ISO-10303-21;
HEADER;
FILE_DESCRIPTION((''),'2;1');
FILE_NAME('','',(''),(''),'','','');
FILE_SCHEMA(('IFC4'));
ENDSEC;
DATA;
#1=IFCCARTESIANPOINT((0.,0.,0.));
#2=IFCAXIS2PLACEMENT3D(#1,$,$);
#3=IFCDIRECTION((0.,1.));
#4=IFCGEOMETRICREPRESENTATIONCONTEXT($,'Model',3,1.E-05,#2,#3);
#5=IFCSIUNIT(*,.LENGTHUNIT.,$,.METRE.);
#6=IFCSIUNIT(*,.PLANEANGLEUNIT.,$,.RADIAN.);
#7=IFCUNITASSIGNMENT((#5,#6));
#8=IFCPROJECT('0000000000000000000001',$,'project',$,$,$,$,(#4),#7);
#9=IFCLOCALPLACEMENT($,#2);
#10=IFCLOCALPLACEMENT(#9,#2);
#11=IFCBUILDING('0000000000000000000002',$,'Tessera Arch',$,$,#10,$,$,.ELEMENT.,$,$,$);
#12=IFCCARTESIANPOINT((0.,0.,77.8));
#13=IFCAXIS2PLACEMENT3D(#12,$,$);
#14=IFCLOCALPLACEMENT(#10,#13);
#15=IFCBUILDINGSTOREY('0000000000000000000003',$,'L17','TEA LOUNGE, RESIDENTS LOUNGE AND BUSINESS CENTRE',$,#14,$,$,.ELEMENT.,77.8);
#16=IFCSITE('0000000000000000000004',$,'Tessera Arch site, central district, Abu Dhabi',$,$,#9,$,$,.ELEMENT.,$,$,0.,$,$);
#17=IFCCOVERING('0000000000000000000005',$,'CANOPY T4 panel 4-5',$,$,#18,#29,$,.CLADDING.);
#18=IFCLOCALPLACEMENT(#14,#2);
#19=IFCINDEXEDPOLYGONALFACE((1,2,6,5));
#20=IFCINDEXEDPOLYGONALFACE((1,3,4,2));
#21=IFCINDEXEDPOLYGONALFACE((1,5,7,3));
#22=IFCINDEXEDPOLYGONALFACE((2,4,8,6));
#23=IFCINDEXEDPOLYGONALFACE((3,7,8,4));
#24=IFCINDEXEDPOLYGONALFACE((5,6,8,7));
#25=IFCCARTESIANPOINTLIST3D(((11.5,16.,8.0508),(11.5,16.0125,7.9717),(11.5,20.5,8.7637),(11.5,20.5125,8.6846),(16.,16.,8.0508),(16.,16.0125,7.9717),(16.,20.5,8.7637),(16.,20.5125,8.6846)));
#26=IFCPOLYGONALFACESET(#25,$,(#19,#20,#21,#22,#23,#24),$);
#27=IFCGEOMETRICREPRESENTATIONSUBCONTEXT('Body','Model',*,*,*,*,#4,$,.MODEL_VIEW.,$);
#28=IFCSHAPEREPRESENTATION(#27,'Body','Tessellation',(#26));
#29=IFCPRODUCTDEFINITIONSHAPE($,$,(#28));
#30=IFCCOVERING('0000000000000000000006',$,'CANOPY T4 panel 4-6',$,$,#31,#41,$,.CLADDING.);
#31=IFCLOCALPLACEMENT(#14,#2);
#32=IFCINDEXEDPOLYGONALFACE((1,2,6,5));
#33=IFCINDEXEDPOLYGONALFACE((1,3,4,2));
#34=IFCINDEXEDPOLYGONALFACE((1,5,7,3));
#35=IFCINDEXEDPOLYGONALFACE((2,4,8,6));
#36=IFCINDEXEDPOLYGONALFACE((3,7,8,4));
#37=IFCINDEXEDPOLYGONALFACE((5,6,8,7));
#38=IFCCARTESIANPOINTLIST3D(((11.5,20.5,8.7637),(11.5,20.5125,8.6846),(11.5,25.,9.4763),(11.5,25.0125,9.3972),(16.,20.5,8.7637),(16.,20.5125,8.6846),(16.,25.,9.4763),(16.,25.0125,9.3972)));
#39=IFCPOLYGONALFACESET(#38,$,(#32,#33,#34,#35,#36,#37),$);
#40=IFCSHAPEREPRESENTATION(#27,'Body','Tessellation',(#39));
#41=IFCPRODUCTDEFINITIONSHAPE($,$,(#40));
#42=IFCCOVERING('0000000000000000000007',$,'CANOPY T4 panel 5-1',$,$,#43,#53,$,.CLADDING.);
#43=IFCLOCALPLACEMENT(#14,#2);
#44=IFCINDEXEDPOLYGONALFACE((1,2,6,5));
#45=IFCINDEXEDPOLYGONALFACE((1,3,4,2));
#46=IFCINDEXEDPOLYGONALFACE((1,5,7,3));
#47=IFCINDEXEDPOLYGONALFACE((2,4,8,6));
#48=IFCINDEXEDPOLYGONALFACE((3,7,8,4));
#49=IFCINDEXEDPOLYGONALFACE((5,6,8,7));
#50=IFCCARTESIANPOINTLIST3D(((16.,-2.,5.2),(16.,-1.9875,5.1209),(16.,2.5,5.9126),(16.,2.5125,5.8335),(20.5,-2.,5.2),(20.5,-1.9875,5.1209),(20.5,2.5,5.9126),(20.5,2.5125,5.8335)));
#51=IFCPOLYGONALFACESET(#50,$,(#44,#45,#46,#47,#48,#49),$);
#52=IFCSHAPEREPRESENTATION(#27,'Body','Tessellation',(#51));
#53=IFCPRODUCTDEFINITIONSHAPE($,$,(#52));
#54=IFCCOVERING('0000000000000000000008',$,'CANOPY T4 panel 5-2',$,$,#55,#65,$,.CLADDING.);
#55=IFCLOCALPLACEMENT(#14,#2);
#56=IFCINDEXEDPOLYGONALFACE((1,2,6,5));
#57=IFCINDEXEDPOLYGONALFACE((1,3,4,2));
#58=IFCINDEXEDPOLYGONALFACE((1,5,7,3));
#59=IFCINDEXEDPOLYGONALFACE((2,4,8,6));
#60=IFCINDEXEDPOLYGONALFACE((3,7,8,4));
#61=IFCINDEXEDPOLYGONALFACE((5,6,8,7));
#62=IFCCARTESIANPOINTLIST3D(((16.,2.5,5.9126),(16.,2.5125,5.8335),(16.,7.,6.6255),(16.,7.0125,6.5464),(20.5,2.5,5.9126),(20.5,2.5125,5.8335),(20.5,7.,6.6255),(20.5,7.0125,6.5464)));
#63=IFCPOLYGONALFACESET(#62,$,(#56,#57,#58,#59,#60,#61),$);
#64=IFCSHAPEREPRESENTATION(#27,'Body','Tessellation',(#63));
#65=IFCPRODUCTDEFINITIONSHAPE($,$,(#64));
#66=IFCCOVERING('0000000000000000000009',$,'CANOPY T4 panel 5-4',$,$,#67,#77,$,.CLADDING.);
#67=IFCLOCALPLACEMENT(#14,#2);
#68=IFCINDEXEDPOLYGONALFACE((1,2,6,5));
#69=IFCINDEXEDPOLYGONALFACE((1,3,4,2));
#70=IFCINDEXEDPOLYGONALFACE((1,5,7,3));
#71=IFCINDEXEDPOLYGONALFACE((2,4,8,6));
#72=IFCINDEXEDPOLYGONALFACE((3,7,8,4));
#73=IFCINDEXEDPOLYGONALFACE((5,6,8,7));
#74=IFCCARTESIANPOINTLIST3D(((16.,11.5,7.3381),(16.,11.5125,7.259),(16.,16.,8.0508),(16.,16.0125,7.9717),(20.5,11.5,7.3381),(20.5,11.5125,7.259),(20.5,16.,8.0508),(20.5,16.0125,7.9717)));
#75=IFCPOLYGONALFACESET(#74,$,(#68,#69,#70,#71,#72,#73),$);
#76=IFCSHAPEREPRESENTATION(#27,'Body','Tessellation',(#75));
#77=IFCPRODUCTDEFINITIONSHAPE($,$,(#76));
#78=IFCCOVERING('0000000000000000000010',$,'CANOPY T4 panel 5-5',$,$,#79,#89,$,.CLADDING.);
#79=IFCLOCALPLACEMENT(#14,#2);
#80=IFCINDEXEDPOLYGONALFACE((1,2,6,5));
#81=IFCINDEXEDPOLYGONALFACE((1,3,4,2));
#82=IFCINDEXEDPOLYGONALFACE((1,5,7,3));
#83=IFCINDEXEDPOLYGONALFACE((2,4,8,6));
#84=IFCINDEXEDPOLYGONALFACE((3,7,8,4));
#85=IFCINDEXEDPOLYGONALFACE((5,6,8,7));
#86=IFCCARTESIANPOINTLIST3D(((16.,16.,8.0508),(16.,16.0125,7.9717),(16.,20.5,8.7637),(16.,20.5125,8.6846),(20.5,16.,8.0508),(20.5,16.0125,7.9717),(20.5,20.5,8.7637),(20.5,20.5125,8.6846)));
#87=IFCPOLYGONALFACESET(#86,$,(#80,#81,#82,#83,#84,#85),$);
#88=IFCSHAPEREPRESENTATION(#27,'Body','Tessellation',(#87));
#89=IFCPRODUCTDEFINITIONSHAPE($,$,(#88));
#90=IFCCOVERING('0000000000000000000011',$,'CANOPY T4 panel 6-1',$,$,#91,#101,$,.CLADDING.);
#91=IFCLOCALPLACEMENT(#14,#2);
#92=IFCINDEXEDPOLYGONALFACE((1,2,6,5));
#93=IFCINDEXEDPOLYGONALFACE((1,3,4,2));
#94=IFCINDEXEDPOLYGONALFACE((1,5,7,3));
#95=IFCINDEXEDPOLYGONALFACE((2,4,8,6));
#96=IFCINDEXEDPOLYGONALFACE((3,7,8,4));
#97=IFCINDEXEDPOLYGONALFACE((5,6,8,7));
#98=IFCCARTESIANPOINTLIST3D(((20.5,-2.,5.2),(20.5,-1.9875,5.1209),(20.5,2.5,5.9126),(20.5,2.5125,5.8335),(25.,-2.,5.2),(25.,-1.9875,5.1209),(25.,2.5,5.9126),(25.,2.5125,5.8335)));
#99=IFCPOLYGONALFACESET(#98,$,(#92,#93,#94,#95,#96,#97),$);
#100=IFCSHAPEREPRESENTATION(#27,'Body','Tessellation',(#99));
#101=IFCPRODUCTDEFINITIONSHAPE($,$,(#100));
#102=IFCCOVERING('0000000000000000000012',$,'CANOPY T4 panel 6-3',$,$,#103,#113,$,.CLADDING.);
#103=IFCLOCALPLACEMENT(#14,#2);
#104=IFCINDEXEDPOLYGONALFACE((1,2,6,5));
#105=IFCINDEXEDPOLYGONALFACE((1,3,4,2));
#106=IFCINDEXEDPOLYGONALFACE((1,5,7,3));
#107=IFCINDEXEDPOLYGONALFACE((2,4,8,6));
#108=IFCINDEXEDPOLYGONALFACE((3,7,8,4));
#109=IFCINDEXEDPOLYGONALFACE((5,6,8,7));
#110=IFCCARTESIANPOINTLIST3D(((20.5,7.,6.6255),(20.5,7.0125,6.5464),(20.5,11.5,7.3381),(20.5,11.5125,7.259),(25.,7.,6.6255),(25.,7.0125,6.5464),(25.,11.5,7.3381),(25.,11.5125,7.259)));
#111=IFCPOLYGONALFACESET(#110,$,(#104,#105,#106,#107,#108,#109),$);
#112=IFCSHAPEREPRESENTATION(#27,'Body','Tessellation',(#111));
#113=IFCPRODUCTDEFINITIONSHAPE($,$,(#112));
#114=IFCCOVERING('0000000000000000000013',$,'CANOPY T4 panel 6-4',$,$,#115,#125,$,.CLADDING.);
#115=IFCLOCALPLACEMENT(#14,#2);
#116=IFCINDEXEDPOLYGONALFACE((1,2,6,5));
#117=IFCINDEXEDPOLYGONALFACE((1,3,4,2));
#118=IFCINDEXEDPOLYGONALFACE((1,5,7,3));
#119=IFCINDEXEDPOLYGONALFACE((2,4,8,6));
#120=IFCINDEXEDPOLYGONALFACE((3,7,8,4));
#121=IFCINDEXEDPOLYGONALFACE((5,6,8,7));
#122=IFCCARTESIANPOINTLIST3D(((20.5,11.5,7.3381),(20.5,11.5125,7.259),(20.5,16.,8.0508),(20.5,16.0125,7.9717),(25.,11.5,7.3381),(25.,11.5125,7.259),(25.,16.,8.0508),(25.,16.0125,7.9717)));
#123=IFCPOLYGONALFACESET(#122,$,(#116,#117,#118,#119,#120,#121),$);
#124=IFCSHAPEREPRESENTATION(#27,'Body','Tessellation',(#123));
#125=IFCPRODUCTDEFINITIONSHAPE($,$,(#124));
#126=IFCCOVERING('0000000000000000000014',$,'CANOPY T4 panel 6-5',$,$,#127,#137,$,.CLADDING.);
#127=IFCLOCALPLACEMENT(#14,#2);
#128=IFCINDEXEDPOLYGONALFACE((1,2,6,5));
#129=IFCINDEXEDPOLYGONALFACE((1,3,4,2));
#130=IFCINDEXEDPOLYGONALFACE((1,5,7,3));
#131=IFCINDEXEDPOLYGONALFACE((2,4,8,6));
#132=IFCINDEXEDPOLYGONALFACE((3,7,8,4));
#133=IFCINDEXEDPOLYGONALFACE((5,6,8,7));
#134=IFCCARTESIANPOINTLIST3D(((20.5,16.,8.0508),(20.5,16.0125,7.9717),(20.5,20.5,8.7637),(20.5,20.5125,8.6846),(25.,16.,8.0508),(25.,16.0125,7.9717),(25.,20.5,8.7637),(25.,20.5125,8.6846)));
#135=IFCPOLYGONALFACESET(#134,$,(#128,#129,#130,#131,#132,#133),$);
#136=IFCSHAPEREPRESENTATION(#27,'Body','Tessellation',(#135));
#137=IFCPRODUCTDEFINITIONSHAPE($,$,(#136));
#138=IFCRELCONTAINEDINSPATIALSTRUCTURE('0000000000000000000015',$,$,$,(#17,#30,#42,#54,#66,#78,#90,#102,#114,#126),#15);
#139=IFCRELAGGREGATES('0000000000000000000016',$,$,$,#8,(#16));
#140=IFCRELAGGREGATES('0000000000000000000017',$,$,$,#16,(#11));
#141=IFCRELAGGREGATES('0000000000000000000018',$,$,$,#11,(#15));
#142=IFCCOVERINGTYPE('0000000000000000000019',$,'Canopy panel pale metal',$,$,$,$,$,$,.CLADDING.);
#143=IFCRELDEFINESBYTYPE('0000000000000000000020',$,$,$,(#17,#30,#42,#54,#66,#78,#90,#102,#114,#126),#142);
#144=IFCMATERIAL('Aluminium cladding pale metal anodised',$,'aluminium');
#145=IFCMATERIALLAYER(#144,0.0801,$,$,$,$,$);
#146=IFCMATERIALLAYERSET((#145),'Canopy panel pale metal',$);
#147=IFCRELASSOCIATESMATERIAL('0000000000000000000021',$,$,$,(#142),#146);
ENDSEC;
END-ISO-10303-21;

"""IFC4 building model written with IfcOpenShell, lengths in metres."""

from ifc_helpers import new_model, si_unit, direction, frame, origin, place, context, subcontext, project, spatial, polyline, outline, extrude, material, layer, layer_set, type_object, element, save


model = new_model("IFC4")

# Units and contexts
model_context = context("Model", 3, precision=1e-05, world=origin(), true_north=direction((0.0, 1.0)))
body_context = subcontext(model_context, "Body", "Model", "MODEL_VIEW")
ifc_project = project(units=[si_unit("LENGTHUNIT", "METRE"), si_unit("PLANEANGLEUNIT", "RADIAN")], contexts=[model_context])

# Site, building, storey
site_placement = place(None, origin())
site = spatial("IfcSite", under=ifc_project, at=site_placement, Name="Tessera Arch site, central district, Abu Dhabi", CompositionType="ELEMENT", RefElevation=0.0)
building_placement = place(site_placement, origin())
building = spatial("IfcBuilding", under=site, at=building_placement, Name="Tessera Arch", CompositionType="ELEMENT")
storey_placement = place(building_placement, frame((0.0, 0.0, 77.8)))
storey = spatial("IfcBuildingStorey", under=building, at=storey_placement, Name="L17", Description="TEA LOUNGE, RESIDENTS LOUNGE AND BUSINESS CENTRE", CompositionType="ELEMENT", Elevation=77.8)

# Coverings
ifc_material_1 = material(Name="Aluminium cladding pale metal anodised", Category="aluminium")
ifc_layer_1 = layer(ifc_material_1, 0.0801)
ifc_layer_set_1 = layer_set([ifc_layer_1], Name="Canopy panel pale metal")
covering_type = type_object("IfcCoveringType", Name="Canopy panel pale metal", PredefinedType="CLADDING", material=ifc_layer_set_1)
covering_1_placement = place(storey_placement, frame((16.0, 16.0, 8.0508), z_axis=(0.0, -0.156469, 0.987683), x_axis=(0.0, 0.987683, 0.156469)))
element("IfcCovering", 1, at=covering_1_placement, inside=storey, type_object=covering_type, Name="CANOPY T4 panel 4-5", PredefinedType="CLADDING", context=body_context, shape_type="SweptSolid", body=[
    extrude(outline(polyline([(0.0, 0.0), (4.5561, 0.0), (4.5561, 4.5), (0.0, 4.5), (0.0, 0.0)])), origin(), (0.0, 0.0, -1.0), 0.0801),
])
for number, where, z_axis, x_axis, name in (
    (2, (16.0, 20.5, 8.7637), (0.0, -0.156417, 0.987691), (0.0, 0.987691, 0.156417), "CANOPY T4 panel 4-6"),
    (3, (20.5, -2.0, 5.2), (0.0, -0.156417, 0.987691), (0.0, 0.987691, 0.156417), "CANOPY T4 panel 5-1"),
):
    element("IfcCovering", number, at=place(storey_placement, frame(where, z_axis=z_axis, x_axis=x_axis)), inside=storey, type_object=covering_type, Name=name, PredefinedType="CLADDING", context=body_context, shape_type="SweptSolid", body=[
        extrude(outline(polyline([(0.0, 0.0), (4.5561, 0.0), (4.5561, 4.5), (0.0, 4.5), (0.0, 0.0)])), origin(), (0.0, 0.0, -1.0), 0.0801),
    ])
covering_2_placement = place(storey_placement, frame((20.5, 2.5, 5.9126), z_axis=(0.0, -0.156469, 0.987683), x_axis=(0.0, 0.987683, 0.156469)))
element("IfcCovering", 4, at=covering_2_placement, inside=storey, type_object=covering_type, Name="CANOPY T4 panel 5-2", PredefinedType="CLADDING", context=body_context, shape_type="SweptSolid", body=[
    extrude(outline(polyline([(0.0, 0.0), (4.5561, 0.0), (4.5561, 4.5), (0.0, 4.5), (0.0, 0.0)])), origin(), (0.0, 0.0, -1.0), 0.0801),
])
covering_3_placement = place(storey_placement, frame((20.5, 11.5, 7.3381), z_axis=(0.0, -0.156417, 0.987691), x_axis=(0.0, 0.987691, 0.156417)))
element("IfcCovering", 5, at=covering_3_placement, inside=storey, type_object=covering_type, Name="CANOPY T4 panel 5-4", PredefinedType="CLADDING", context=body_context, shape_type="SweptSolid", body=[
    extrude(outline(polyline([(0.0, 0.0), (4.5561, 0.0), (4.5561, 4.5), (0.0, 4.5), (0.0, 0.0)])), origin(), (0.0, 0.0, -1.0), 0.0801),
])
covering_4_placement = place(storey_placement, frame((20.5, 16.0, 8.0508), z_axis=(0.0, -0.156469, 0.987683), x_axis=(0.0, 0.987683, 0.156469)))
element("IfcCovering", 6, at=covering_4_placement, inside=storey, type_object=covering_type, Name="CANOPY T4 panel 5-5", PredefinedType="CLADDING", context=body_context, shape_type="SweptSolid", body=[
    extrude(outline(polyline([(0.0, 0.0), (4.5561, 0.0), (4.5561, 4.5), (0.0, 4.5), (0.0, 0.0)])), origin(), (0.0, 0.0, -1.0), 0.0801),
])
for number, where, z_axis, x_axis, name in (
    (7, (25.0, -2.0, 5.2), (0.0, -0.156417, 0.987691), (0.0, 0.987691, 0.156417), "CANOPY T4 panel 6-1"),
    (8, (25.0, 7.0, 6.6255), (0.0, -0.156417, 0.987691), (0.0, 0.987691, 0.156417), "CANOPY T4 panel 6-3"),
    (9, (25.0, 11.5, 7.3381), (0.0, -0.156417, 0.987691), (0.0, 0.987691, 0.156417), "CANOPY T4 panel 6-4"),
):
    element("IfcCovering", number, at=place(storey_placement, frame(where, z_axis=z_axis, x_axis=x_axis)), inside=storey, type_object=covering_type, Name=name, PredefinedType="CLADDING", context=body_context, shape_type="SweptSolid", body=[
        extrude(outline(polyline([(0.0, 0.0), (4.5561, 0.0), (4.5561, 4.5), (0.0, 4.5), (0.0, 0.0)])), origin(), (0.0, 0.0, -1.0), 0.0801),
    ])
covering_5_placement = place(storey_placement, frame((25.0, 16.0, 8.0508), z_axis=(0.0, -0.156469, 0.987683), x_axis=(0.0, 0.987683, 0.156469)))
element("IfcCovering", 10, at=covering_5_placement, inside=storey, type_object=covering_type, Name="CANOPY T4 panel 6-5", PredefinedType="CLADDING", context=body_context, shape_type="SweptSolid", body=[
    extrude(outline(polyline([(0.0, 0.0), (4.5561, 0.0), (4.5561, 4.5), (0.0, 4.5), (0.0, 0.0)])), origin(), (0.0, 0.0, -1.0), 0.0801),
])

save(model, "model.ifc")
